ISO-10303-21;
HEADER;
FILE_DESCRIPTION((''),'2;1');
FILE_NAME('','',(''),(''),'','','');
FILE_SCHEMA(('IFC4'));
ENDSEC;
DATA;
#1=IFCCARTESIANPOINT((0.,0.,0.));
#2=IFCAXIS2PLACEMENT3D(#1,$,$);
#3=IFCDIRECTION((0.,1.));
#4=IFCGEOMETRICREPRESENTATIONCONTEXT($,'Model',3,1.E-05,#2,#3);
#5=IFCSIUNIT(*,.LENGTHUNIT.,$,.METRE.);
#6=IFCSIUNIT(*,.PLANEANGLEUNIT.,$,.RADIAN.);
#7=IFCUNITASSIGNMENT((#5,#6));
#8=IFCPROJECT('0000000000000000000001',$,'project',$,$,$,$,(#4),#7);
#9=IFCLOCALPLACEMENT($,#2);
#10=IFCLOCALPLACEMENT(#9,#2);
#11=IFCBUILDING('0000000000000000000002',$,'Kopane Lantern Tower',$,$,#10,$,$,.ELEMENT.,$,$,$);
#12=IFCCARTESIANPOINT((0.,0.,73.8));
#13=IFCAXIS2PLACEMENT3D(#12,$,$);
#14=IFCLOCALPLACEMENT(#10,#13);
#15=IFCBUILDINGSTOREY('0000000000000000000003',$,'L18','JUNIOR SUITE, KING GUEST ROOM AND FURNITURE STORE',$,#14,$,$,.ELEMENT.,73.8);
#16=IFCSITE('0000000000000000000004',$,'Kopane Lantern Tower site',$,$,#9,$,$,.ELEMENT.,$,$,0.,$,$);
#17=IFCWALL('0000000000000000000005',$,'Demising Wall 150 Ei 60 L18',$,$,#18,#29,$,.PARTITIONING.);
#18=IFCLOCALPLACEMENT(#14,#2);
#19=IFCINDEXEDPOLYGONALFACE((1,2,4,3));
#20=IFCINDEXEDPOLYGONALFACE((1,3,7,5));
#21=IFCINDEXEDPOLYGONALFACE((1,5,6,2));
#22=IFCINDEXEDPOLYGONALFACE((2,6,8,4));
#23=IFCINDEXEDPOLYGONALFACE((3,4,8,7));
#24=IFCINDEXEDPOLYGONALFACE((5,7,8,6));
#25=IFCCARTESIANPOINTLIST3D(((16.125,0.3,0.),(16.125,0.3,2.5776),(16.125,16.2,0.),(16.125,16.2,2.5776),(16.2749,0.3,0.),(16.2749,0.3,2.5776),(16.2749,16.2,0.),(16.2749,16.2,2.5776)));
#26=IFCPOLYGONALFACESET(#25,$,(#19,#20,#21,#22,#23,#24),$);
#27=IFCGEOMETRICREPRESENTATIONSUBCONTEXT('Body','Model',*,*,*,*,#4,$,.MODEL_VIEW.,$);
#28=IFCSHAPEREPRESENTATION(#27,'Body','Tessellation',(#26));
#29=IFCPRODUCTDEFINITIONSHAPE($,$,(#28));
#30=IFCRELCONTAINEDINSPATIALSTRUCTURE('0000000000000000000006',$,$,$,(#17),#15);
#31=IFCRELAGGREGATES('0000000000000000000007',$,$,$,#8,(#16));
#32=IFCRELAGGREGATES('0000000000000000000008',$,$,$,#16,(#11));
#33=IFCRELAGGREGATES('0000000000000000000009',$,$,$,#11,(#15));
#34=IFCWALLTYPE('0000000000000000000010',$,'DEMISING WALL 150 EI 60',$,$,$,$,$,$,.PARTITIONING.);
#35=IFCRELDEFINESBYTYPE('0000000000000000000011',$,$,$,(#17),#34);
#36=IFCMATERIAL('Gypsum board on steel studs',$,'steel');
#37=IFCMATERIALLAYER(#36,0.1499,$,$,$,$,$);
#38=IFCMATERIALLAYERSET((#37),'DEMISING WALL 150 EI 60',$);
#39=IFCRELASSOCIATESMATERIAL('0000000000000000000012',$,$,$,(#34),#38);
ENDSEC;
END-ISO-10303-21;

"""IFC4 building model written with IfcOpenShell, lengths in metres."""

from ifc_helpers import new_model, si_unit, direction, frame, frame_2d, origin, place, context, subcontext, project, spatial, rectangle, extrude, material, layer, layer_set, type_object, element, save


model = new_model("IFC4")

# Units and contexts
model_context = context("Model", 3, precision=1e-05, world=origin(), true_north=direction((0.0, 1.0)))
body_context = subcontext(model_context, "Body", "Model", "MODEL_VIEW")
ifc_project = project(units=[si_unit("LENGTHUNIT", "METRE"), si_unit("PLANEANGLEUNIT", "RADIAN")], contexts=[model_context])

# Site, building, storey
site_placement = place(None, origin())
site = spatial("IfcSite", under=ifc_project, at=site_placement, Name="Kopane Lantern Tower site", CompositionType="ELEMENT", RefElevation=0.0)
building_placement = place(site_placement, origin())
building = spatial("IfcBuilding", under=site, at=building_placement, Name="Kopane Lantern Tower", CompositionType="ELEMENT")
storey_placement = place(building_placement, frame((0.0, 0.0, 73.8)))
storey = spatial("IfcBuildingStorey", under=building, at=storey_placement, Name="L18", Description="JUNIOR SUITE, KING GUEST ROOM AND FURNITURE STORE", CompositionType="ELEMENT", Elevation=73.8)

# Wall
ifc_material_1 = material(Name="Gypsum board on steel studs", Category="steel")
ifc_layer_1 = layer(ifc_material_1, 0.1499)
ifc_layer_set_1 = layer_set([ifc_layer_1], Name="DEMISING WALL 150 EI 60")
wall_type_1 = type_object("IfcWallType", Name="DEMISING WALL 150 EI 60", PredefinedType="PARTITIONING", material=ifc_layer_set_1)
wall_1_placement = place(storey_placement, frame((16.2, 16.2, 0.0), z_axis=(0.0, 0.0, 1.0), x_axis=(0.0, -1.0, 0.0)))
element("IfcWall", 1, at=wall_1_placement, inside=storey, type_object=wall_type_1, Name="Demising Wall 150 Ei 60 L18", PredefinedType="PARTITIONING", context=body_context, shape_type="SweptSolid", body=[
    extrude(rectangle(XDim=15.8999, YDim=0.1499, at=frame_2d((7.95, 0.0))), origin(), (0.0, 0.0, 1.0), 2.5776),
])

save(model, "model.ifc")
